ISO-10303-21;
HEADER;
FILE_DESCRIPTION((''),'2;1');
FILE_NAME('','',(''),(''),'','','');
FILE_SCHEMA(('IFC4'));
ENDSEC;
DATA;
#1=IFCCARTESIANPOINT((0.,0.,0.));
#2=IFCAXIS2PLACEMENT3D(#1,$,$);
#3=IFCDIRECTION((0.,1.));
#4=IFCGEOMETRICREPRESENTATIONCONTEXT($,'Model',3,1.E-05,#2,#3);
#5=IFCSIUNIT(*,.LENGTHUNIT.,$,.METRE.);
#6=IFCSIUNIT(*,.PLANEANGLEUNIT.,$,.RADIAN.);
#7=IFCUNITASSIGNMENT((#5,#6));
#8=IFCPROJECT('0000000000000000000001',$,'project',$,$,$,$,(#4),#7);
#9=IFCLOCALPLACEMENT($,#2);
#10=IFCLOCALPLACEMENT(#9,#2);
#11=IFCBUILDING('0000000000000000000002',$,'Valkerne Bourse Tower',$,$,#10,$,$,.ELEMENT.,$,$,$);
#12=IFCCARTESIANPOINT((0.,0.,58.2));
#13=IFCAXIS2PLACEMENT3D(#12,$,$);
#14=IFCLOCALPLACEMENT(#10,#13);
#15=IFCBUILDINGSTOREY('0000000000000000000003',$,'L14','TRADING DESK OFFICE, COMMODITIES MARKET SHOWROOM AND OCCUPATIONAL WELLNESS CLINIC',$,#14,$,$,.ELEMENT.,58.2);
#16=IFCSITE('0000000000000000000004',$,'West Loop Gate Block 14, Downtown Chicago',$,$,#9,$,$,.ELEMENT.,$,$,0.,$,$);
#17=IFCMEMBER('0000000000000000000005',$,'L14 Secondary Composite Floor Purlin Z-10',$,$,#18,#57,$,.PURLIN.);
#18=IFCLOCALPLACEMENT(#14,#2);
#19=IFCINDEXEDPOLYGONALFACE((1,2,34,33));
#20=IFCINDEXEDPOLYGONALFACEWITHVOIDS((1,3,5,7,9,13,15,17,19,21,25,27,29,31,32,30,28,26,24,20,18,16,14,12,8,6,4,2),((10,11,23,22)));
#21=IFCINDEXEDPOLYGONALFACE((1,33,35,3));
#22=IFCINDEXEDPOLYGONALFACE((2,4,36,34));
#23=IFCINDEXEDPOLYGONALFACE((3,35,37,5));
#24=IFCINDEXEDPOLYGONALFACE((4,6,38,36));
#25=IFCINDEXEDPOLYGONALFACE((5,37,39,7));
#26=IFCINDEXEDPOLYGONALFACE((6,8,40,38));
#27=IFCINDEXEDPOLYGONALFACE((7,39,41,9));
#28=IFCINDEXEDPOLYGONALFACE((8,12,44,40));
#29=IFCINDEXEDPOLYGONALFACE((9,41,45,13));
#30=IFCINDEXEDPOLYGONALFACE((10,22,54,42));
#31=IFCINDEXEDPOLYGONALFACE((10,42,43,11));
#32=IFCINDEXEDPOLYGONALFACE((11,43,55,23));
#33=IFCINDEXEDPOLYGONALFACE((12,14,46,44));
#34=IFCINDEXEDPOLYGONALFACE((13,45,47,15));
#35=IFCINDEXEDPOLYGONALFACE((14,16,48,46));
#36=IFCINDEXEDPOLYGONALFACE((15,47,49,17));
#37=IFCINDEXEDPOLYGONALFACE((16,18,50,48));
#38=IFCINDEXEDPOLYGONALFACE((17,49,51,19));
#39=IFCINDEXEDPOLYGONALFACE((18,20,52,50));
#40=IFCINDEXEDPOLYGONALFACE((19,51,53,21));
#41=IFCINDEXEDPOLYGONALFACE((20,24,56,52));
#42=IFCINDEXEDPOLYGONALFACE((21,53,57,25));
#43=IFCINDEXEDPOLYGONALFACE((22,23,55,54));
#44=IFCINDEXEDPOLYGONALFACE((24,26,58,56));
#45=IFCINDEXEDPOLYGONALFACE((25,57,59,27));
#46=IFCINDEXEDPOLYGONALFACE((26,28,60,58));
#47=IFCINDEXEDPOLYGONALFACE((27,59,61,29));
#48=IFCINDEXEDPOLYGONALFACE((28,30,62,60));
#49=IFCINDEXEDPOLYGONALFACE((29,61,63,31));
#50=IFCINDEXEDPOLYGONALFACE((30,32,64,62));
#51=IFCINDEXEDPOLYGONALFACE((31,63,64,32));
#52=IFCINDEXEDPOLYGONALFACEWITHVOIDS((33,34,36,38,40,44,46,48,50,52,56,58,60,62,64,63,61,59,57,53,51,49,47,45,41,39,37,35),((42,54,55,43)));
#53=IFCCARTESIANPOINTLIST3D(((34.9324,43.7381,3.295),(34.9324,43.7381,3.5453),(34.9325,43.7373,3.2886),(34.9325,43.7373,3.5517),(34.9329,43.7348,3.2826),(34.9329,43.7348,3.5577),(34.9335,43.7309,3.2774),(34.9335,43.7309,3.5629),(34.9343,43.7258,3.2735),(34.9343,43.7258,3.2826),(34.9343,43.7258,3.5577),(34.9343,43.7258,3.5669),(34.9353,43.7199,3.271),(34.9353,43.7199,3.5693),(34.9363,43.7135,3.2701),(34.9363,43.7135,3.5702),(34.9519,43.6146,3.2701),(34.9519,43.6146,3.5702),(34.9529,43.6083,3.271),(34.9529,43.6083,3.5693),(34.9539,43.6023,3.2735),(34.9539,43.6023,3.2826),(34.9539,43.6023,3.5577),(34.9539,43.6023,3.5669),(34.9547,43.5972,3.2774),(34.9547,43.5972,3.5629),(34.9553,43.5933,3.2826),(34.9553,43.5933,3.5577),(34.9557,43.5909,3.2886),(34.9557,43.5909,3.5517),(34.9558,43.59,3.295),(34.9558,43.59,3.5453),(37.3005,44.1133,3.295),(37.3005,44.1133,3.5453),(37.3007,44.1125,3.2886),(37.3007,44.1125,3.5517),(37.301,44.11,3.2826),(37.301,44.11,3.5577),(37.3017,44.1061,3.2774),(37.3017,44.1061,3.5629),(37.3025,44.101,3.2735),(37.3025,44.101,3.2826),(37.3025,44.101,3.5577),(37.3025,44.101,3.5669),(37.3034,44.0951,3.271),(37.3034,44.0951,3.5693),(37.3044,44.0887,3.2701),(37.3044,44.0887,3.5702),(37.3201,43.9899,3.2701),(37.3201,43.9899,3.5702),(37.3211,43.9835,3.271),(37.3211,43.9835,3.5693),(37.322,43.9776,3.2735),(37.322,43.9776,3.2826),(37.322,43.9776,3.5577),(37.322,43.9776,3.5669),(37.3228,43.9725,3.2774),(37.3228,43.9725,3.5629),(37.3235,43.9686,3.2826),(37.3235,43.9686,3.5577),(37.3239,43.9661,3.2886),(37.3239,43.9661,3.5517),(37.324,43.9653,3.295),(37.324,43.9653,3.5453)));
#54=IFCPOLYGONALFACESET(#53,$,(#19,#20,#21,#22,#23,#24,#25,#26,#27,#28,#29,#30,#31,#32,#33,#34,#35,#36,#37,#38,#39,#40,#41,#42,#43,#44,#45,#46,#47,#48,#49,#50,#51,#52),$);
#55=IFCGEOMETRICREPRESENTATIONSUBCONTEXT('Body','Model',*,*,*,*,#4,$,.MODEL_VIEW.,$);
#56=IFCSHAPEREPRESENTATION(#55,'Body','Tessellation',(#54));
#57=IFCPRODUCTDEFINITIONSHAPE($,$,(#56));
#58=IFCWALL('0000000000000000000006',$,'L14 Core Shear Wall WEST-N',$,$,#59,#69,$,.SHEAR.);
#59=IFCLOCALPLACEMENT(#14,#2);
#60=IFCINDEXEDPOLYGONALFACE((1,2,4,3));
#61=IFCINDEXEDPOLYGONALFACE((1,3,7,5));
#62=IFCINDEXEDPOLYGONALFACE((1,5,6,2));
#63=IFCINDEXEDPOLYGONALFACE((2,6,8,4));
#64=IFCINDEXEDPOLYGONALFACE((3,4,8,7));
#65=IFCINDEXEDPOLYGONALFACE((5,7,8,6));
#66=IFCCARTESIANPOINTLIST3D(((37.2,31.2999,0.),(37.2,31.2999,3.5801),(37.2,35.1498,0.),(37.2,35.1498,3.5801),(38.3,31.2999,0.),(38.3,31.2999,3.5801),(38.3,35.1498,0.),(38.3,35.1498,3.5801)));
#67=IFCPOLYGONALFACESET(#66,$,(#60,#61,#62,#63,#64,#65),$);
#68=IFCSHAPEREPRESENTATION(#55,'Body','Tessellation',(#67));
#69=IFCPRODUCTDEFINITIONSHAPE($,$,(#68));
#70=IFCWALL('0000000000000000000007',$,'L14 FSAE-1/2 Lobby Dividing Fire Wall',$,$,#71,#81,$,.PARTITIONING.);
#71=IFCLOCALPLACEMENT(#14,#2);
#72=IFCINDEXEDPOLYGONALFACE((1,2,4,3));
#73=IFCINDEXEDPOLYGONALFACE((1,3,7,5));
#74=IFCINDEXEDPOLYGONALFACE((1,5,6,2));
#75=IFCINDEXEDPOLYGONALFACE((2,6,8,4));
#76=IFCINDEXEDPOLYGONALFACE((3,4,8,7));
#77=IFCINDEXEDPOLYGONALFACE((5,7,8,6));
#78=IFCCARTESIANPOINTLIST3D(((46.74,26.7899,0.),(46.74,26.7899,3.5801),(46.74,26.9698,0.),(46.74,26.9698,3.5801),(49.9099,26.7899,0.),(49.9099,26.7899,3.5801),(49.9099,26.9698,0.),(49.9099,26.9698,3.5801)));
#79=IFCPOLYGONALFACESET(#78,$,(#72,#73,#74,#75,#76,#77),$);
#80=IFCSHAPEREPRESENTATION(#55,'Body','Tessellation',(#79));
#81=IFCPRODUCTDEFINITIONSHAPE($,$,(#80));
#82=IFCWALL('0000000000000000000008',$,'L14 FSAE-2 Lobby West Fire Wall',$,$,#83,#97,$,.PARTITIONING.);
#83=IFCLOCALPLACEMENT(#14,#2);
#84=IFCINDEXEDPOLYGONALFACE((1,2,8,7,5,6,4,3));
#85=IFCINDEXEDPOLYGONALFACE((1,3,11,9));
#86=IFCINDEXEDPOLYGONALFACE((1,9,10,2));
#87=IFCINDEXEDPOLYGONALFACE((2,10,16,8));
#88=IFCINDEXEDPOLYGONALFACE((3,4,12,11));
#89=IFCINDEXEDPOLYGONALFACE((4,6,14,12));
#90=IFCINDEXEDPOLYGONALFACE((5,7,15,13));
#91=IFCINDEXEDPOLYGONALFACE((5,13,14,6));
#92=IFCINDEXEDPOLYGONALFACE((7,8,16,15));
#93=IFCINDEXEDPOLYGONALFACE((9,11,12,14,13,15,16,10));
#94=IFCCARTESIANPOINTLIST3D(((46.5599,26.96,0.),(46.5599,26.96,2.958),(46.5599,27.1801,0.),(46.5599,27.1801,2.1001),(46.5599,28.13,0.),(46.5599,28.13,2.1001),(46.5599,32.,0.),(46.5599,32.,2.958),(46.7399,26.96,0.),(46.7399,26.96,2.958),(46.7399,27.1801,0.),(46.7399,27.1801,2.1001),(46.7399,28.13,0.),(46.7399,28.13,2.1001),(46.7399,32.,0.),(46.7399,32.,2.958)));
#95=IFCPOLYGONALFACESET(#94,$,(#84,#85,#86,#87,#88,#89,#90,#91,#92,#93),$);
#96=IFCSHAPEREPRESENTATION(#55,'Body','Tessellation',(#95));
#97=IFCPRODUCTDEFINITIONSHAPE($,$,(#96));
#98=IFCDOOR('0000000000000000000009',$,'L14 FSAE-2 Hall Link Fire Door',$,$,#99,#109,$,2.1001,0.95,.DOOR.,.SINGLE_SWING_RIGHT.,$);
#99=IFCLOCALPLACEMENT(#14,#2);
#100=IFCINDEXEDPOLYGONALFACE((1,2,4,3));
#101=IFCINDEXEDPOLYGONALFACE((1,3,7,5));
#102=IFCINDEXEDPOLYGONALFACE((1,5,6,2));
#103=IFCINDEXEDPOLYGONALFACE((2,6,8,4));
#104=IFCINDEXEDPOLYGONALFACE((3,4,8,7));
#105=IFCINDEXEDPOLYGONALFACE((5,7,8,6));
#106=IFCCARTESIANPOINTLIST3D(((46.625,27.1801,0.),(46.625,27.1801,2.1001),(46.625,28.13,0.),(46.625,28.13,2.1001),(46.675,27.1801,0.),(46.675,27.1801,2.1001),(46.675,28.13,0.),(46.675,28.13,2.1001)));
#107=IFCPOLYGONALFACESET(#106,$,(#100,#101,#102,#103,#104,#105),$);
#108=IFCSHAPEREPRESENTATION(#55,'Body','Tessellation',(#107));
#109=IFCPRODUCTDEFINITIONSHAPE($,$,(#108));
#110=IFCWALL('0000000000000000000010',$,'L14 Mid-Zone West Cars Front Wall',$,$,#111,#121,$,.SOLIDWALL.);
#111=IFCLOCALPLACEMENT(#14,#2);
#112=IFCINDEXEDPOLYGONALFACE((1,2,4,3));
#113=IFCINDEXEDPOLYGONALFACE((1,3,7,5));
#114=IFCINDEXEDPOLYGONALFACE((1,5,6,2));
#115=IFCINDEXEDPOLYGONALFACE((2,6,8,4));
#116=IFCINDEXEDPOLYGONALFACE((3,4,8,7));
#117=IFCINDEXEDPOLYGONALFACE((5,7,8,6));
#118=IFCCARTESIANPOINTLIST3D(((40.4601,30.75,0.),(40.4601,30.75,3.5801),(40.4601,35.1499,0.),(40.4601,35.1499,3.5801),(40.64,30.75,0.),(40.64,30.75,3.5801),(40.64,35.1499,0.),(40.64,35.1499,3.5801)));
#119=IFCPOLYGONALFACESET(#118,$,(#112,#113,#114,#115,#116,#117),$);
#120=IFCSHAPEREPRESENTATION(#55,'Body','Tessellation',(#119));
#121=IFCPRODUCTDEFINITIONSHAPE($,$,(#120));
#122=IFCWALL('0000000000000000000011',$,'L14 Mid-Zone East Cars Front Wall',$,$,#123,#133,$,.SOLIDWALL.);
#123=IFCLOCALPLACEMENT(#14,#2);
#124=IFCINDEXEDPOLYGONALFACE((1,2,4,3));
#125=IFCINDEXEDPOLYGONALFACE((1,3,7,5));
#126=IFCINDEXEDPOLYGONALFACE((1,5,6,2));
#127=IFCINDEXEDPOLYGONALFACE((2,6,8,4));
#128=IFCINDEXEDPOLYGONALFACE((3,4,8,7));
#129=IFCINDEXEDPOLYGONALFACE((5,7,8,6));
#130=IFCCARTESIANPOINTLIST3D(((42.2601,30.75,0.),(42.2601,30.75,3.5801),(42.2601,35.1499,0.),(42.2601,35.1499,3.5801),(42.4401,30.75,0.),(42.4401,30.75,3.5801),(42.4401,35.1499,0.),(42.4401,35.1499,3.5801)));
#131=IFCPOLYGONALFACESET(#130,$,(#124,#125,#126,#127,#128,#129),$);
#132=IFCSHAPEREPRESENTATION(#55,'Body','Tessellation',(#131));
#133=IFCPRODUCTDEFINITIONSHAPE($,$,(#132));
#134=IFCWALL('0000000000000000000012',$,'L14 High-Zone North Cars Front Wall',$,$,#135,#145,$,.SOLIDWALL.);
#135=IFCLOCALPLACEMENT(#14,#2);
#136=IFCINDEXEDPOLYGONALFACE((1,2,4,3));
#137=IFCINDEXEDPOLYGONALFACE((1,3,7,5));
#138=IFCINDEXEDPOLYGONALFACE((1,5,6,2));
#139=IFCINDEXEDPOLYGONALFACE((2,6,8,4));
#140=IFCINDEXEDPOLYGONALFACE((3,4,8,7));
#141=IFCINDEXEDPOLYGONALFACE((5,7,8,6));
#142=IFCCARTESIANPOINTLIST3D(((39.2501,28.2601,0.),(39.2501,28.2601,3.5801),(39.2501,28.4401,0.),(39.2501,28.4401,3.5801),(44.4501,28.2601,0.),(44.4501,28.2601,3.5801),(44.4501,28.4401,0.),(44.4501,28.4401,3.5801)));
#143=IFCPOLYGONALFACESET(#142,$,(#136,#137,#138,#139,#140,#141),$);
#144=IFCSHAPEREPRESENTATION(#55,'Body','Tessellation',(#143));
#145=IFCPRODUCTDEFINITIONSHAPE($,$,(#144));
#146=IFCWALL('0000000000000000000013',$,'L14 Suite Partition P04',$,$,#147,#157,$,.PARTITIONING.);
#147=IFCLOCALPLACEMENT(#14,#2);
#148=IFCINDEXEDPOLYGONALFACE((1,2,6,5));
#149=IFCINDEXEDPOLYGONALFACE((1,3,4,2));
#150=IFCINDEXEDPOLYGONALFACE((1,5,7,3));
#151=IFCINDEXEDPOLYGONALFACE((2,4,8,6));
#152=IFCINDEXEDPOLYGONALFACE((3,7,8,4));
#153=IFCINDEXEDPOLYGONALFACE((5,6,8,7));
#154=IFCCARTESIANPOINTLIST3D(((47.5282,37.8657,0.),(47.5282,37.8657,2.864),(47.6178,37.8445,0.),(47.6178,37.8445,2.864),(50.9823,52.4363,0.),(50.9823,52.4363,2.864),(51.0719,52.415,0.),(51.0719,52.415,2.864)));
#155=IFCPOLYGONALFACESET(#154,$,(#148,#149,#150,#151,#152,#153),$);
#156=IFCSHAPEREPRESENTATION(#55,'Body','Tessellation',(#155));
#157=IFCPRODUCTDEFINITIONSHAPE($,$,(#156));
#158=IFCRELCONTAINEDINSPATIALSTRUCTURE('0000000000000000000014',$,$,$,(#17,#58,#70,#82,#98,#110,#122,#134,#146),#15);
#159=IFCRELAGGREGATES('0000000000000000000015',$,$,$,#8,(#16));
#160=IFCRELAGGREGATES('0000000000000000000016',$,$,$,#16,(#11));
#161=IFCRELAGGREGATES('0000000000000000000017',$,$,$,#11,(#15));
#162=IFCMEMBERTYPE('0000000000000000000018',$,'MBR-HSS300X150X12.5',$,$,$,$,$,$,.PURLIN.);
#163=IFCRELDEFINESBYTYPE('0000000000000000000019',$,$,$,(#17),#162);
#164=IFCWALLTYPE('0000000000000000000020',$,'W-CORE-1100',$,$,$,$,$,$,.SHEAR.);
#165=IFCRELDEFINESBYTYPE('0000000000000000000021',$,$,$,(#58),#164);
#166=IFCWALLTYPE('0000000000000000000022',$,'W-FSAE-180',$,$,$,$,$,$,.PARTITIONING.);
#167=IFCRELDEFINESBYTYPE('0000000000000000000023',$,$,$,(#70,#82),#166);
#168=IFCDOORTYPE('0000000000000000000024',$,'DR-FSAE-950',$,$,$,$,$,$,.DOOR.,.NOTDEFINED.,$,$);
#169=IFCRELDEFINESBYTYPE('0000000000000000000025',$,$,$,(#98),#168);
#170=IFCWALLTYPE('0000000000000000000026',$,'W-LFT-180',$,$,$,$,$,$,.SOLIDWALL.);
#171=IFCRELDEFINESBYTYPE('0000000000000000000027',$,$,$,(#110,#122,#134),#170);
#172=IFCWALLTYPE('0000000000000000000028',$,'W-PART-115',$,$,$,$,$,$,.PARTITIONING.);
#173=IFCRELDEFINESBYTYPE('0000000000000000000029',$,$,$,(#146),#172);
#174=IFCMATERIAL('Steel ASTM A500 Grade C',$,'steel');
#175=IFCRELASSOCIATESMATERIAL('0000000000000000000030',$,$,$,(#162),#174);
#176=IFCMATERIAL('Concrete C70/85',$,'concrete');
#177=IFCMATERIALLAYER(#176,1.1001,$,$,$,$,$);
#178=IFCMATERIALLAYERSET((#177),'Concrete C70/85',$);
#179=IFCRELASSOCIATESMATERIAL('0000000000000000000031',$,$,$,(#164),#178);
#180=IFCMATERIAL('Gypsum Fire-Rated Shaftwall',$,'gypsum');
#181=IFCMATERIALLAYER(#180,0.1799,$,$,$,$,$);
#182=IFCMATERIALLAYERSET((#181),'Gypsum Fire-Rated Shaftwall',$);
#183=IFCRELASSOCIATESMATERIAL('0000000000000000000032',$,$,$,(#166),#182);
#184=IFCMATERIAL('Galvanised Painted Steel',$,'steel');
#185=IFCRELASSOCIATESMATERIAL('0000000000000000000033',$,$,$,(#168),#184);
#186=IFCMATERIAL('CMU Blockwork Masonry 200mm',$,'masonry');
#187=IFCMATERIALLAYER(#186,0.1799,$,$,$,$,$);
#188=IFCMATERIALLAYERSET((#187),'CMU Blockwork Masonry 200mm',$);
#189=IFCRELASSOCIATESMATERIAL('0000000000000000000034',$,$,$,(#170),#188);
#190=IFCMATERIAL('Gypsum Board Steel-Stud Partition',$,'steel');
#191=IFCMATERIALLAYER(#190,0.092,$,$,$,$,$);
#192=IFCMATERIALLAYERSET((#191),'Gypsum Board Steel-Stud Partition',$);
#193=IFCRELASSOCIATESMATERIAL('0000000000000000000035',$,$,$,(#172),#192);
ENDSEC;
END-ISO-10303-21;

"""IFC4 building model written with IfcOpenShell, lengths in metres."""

from ifc_helpers import new_model, si_unit, direction, frame, frame_2d, origin, origin_2d, place, context, subcontext, project, spatial, rectangle, hollow_rectangle, extrude, material, layer, layer_set, material_profile, profile_set, type_object, element, fill, save


model = new_model("IFC4")

# Units and contexts
model_context = context("Model", 3, precision=1e-05, world=origin(), true_north=direction((0.0, 1.0)))
body_context = subcontext(model_context, "Body", "Model", "MODEL_VIEW")
ifc_project = project(units=[si_unit("LENGTHUNIT", "METRE"), si_unit("PLANEANGLEUNIT", "RADIAN")], contexts=[model_context])

# Site, building, storey
site_placement = place(None, origin())
site = spatial("IfcSite", under=ifc_project, at=site_placement, Name="West Loop Gate Block 14, Downtown Chicago", CompositionType="ELEMENT", RefElevation=0.0)
building_placement = place(site_placement, origin())
building = spatial("IfcBuilding", under=site, at=building_placement, Name="Valkerne Bourse Tower", CompositionType="ELEMENT")
storey_placement = place(building_placement, frame((0.0, 0.0, 58.2)))
storey = spatial("IfcBuildingStorey", under=building, at=storey_placement, Name="L14", Description="TRADING DESK OFFICE, COMMODITIES MARKET SHOWROOM AND OCCUPATIONAL WELLNESS CLINIC", CompositionType="ELEMENT", Elevation=58.2)

# Member
ifc_material_1 = material(Name="Steel ASTM A500 Grade C", Category="steel")
ifc_material_profile_1 = material_profile(ifc_material_1, hollow_rectangle(XDim=0.1499, YDim=0.3, WallThickness=0.0125, OuterFilletRadius=0.0249, at=origin_2d()), Name="HSS300X150X12.5")
ifc_profile_set_1 = profile_set([ifc_material_profile_1], Name="Steel ASTM A500 Grade C")
member_type = type_object("IfcMemberType", Name="MBR-HSS300X150X12.5", PredefinedType="PURLIN", material=ifc_profile_set_1)
member_placement = place(storey_placement, frame((37.3123, 44.0393, 3.4202), z_axis=(-0.987678, -0.156501, 0.0), x_axis=(0.156501, -0.987678, 0.0)))
element("IfcMember", 1, at=member_placement, inside=storey, type_object=member_type, Name="L14 Secondary Composite Floor Purlin Z-10", PredefinedType="PURLIN", context=body_context, shape_type="SweptSolid", body=[
    extrude(hollow_rectangle(XDim=0.1499, YDim=0.3, WallThickness=0.0125, OuterFilletRadius=0.0249, at=origin_2d()), origin(), (0.0, 0.0, 1.0), 2.3977),
])

# Shared definitions
ifc_material_2 = material(Name="Concrete C70/85", Category="concrete")
ifc_layer_1 = layer(ifc_material_2, 1.1001)
ifc_layer_set_1 = layer_set([ifc_layer_1], Name="Concrete C70/85")
wall_type_1 = type_object("IfcWallType", Name="W-CORE-1100", PredefinedType="SHEAR", material=ifc_layer_set_1)
ifc_material_3 = material(Name="Galvanised Painted Steel", Category="steel")

# Walls
wall_1_placement = place(storey_placement, frame((37.75, 31.3, 0.0), z_axis=(0.0, 0.0, 1.0), x_axis=(0.0, 1.0, 0.0)))
element("IfcWall", 2, at=wall_1_placement, inside=storey, type_object=wall_type_1, Name="L14 Core Shear Wall WEST-N", PredefinedType="SHEAR", context=body_context, shape_type="SweptSolid", body=[
    extrude(rectangle(XDim=3.8499, YDim=1.1001, at=frame_2d((1.9248, 0.0))), origin(), (0.0, 0.0, 1.0), 3.5801),
])
ifc_material_4 = material(Name="Gypsum Fire-Rated Shaftwall", Category="gypsum")
ifc_layer_2 = layer(ifc_material_4, 0.1799)
ifc_layer_set_2 = layer_set([ifc_layer_2], Name="Gypsum Fire-Rated Shaftwall")
wall_type_2 = type_object("IfcWallType", Name="W-FSAE-180", PredefinedType="PARTITIONING", material=ifc_layer_set_2)
wall_2_placement = place(storey_placement, frame((46.74, 26.8799, 0.0), z_axis=(0.0, 0.0, 1.0), x_axis=(1.0, 0.0, 0.0)))
element("IfcWall", 3, at=wall_2_placement, inside=storey, type_object=wall_type_2, Name="L14 FSAE-1/2 Lobby Dividing Fire Wall", PredefinedType="PARTITIONING", context=body_context, shape_type="SweptSolid", body=[
    extrude(rectangle(XDim=3.1699, YDim=0.1799, at=frame_2d((1.585, 0.0))), origin(), (0.0, 0.0, 1.0), 3.5801),
])

# Wall, opening, door
wall_3_placement = place(storey_placement, frame((46.6499, 26.96, 0.0), z_axis=(0.0, 0.0, 1.0), x_axis=(0.0, 1.0, 0.0)))
wall_3 = element("IfcWall", 4, at=wall_3_placement, inside=storey, type_object=wall_type_2, Name="L14 FSAE-2 Lobby West Fire Wall", PredefinedType="PARTITIONING", context=body_context, shape_type="SweptSolid", body=[
    extrude(rectangle(XDim=5.04, YDim=0.1799, at=frame_2d((2.52, 0.0))), origin(), (0.0, 0.0, 1.0), 2.958),
])
opening_1_placement = place(wall_3_placement, frame((0.22, 0.0, 0.0)))
opening_1 = element("IfcOpeningElement", 5, at=opening_1_placement, cuts=wall_3, PredefinedType="OPENING", context=body_context, shape_type="SweptSolid", body=[
    extrude(rectangle(XDim=0.95, YDim=2.1001, at=frame_2d((0.4751, 1.05))), frame((0.0, 0.0999, 0.0), z_axis=(0.0, -1.0, 0.0), x_axis=(1.0, 0.0, 0.0)), (0.0, 0.0, 1.0), 0.2),
])
door_type_1 = type_object("IfcDoorType", Name="DR-FSAE-950", OperationType="NOTDEFINED", PredefinedType="DOOR", material=ifc_material_3)
door_1_placement = place(opening_1_placement, origin())
door_1 = element("IfcDoor", 6, at=door_1_placement, inside=storey, type_object=door_type_1, Name="L14 FSAE-2 Hall Link Fire Door", OperationType="SINGLE_SWING_RIGHT", OverallHeight=2.1001, OverallWidth=0.95, PredefinedType="DOOR", context=body_context, shape_type="SweptSolid", body=[
    extrude(rectangle(XDim=0.95, YDim=2.1001, at=frame_2d((0.4751, 1.05))), frame((0.0, 0.0249, 0.0), z_axis=(0.0, -1.0, 0.0), x_axis=(1.0, 0.0, 0.0)), (0.0, 0.0, 1.0), 0.05),
])
fill(opening_1, door_1)

# Walls
ifc_material_5 = material(Name="CMU Blockwork Masonry 200mm", Category="masonry")
ifc_layer_3 = layer(ifc_material_5, 0.1799)
ifc_layer_set_3 = layer_set([ifc_layer_3], Name="CMU Blockwork Masonry 200mm")
wall_type_3 = type_object("IfcWallType", Name="W-LFT-180", PredefinedType="SOLIDWALL", material=ifc_layer_set_3)
for number, where, z_axis, x_axis, name in (
    (7, (40.55, 30.75, 0.0), (0.0, 0.0, 1.0), (0.0, 1.0, 0.0), "L14 Mid-Zone West Cars Front Wall"),
    (8, (42.3501, 30.75, 0.0), (0.0, 0.0, 1.0), (0.0, 1.0, 0.0), "L14 Mid-Zone East Cars Front Wall"),
):
    element("IfcWall", number, at=place(storey_placement, frame(where, z_axis=z_axis, x_axis=x_axis)), inside=storey, type_object=wall_type_3, Name=name, PredefinedType="SOLIDWALL", context=body_context, shape_type="SweptSolid", body=[
        extrude(rectangle(XDim=4.3999, YDim=0.1799, at=frame_2d((2.2, 0.0))), origin(), (0.0, 0.0, 1.0), 3.5801),
    ])
wall_4_placement = place(storey_placement, frame((39.25, 28.3501, 0.0), z_axis=(0.0, 0.0, 1.0), x_axis=(1.0, 0.0, 0.0)))
element("IfcWall", 9, at=wall_4_placement, inside=storey, type_object=wall_type_3, Name="L14 High-Zone North Cars Front Wall", PredefinedType="SOLIDWALL", context=body_context, shape_type="SweptSolid", body=[
    extrude(rectangle(XDim=5.2, YDim=0.1799, at=frame_2d((2.6001, 0.0))), origin(), (0.0, 0.0, 1.0), 3.5801),
])
ifc_material_6 = material(Name="Gypsum Board Steel-Stud Partition", Category="steel")
ifc_layer_4 = layer(ifc_material_6, 0.092)
ifc_layer_set_4 = layer_set([ifc_layer_4], Name="Gypsum Board Steel-Stud Partition")
wall_type_4 = type_object("IfcWallType", Name="W-PART-115", PredefinedType="PARTITIONING", material=ifc_layer_set_4)
wall_5_placement = place(storey_placement, frame((47.573, 37.855, 0.0), z_axis=(0.0, 0.0, 1.0), x_axis=(0.230667, 0.973033, 0.0)))
element("IfcWall", 10, at=wall_5_placement, inside=storey, type_object=wall_type_4, Name="L14 Suite Partition P04", PredefinedType="PARTITIONING", context=body_context, shape_type="SweptSolid", body=[
    extrude(rectangle(XDim=14.9744, YDim=0.092, at=frame_2d((7.4873, 0.0))), origin(), (0.0, 0.0, 1.0), 2.864),
])

save(model, "model.ifc")
